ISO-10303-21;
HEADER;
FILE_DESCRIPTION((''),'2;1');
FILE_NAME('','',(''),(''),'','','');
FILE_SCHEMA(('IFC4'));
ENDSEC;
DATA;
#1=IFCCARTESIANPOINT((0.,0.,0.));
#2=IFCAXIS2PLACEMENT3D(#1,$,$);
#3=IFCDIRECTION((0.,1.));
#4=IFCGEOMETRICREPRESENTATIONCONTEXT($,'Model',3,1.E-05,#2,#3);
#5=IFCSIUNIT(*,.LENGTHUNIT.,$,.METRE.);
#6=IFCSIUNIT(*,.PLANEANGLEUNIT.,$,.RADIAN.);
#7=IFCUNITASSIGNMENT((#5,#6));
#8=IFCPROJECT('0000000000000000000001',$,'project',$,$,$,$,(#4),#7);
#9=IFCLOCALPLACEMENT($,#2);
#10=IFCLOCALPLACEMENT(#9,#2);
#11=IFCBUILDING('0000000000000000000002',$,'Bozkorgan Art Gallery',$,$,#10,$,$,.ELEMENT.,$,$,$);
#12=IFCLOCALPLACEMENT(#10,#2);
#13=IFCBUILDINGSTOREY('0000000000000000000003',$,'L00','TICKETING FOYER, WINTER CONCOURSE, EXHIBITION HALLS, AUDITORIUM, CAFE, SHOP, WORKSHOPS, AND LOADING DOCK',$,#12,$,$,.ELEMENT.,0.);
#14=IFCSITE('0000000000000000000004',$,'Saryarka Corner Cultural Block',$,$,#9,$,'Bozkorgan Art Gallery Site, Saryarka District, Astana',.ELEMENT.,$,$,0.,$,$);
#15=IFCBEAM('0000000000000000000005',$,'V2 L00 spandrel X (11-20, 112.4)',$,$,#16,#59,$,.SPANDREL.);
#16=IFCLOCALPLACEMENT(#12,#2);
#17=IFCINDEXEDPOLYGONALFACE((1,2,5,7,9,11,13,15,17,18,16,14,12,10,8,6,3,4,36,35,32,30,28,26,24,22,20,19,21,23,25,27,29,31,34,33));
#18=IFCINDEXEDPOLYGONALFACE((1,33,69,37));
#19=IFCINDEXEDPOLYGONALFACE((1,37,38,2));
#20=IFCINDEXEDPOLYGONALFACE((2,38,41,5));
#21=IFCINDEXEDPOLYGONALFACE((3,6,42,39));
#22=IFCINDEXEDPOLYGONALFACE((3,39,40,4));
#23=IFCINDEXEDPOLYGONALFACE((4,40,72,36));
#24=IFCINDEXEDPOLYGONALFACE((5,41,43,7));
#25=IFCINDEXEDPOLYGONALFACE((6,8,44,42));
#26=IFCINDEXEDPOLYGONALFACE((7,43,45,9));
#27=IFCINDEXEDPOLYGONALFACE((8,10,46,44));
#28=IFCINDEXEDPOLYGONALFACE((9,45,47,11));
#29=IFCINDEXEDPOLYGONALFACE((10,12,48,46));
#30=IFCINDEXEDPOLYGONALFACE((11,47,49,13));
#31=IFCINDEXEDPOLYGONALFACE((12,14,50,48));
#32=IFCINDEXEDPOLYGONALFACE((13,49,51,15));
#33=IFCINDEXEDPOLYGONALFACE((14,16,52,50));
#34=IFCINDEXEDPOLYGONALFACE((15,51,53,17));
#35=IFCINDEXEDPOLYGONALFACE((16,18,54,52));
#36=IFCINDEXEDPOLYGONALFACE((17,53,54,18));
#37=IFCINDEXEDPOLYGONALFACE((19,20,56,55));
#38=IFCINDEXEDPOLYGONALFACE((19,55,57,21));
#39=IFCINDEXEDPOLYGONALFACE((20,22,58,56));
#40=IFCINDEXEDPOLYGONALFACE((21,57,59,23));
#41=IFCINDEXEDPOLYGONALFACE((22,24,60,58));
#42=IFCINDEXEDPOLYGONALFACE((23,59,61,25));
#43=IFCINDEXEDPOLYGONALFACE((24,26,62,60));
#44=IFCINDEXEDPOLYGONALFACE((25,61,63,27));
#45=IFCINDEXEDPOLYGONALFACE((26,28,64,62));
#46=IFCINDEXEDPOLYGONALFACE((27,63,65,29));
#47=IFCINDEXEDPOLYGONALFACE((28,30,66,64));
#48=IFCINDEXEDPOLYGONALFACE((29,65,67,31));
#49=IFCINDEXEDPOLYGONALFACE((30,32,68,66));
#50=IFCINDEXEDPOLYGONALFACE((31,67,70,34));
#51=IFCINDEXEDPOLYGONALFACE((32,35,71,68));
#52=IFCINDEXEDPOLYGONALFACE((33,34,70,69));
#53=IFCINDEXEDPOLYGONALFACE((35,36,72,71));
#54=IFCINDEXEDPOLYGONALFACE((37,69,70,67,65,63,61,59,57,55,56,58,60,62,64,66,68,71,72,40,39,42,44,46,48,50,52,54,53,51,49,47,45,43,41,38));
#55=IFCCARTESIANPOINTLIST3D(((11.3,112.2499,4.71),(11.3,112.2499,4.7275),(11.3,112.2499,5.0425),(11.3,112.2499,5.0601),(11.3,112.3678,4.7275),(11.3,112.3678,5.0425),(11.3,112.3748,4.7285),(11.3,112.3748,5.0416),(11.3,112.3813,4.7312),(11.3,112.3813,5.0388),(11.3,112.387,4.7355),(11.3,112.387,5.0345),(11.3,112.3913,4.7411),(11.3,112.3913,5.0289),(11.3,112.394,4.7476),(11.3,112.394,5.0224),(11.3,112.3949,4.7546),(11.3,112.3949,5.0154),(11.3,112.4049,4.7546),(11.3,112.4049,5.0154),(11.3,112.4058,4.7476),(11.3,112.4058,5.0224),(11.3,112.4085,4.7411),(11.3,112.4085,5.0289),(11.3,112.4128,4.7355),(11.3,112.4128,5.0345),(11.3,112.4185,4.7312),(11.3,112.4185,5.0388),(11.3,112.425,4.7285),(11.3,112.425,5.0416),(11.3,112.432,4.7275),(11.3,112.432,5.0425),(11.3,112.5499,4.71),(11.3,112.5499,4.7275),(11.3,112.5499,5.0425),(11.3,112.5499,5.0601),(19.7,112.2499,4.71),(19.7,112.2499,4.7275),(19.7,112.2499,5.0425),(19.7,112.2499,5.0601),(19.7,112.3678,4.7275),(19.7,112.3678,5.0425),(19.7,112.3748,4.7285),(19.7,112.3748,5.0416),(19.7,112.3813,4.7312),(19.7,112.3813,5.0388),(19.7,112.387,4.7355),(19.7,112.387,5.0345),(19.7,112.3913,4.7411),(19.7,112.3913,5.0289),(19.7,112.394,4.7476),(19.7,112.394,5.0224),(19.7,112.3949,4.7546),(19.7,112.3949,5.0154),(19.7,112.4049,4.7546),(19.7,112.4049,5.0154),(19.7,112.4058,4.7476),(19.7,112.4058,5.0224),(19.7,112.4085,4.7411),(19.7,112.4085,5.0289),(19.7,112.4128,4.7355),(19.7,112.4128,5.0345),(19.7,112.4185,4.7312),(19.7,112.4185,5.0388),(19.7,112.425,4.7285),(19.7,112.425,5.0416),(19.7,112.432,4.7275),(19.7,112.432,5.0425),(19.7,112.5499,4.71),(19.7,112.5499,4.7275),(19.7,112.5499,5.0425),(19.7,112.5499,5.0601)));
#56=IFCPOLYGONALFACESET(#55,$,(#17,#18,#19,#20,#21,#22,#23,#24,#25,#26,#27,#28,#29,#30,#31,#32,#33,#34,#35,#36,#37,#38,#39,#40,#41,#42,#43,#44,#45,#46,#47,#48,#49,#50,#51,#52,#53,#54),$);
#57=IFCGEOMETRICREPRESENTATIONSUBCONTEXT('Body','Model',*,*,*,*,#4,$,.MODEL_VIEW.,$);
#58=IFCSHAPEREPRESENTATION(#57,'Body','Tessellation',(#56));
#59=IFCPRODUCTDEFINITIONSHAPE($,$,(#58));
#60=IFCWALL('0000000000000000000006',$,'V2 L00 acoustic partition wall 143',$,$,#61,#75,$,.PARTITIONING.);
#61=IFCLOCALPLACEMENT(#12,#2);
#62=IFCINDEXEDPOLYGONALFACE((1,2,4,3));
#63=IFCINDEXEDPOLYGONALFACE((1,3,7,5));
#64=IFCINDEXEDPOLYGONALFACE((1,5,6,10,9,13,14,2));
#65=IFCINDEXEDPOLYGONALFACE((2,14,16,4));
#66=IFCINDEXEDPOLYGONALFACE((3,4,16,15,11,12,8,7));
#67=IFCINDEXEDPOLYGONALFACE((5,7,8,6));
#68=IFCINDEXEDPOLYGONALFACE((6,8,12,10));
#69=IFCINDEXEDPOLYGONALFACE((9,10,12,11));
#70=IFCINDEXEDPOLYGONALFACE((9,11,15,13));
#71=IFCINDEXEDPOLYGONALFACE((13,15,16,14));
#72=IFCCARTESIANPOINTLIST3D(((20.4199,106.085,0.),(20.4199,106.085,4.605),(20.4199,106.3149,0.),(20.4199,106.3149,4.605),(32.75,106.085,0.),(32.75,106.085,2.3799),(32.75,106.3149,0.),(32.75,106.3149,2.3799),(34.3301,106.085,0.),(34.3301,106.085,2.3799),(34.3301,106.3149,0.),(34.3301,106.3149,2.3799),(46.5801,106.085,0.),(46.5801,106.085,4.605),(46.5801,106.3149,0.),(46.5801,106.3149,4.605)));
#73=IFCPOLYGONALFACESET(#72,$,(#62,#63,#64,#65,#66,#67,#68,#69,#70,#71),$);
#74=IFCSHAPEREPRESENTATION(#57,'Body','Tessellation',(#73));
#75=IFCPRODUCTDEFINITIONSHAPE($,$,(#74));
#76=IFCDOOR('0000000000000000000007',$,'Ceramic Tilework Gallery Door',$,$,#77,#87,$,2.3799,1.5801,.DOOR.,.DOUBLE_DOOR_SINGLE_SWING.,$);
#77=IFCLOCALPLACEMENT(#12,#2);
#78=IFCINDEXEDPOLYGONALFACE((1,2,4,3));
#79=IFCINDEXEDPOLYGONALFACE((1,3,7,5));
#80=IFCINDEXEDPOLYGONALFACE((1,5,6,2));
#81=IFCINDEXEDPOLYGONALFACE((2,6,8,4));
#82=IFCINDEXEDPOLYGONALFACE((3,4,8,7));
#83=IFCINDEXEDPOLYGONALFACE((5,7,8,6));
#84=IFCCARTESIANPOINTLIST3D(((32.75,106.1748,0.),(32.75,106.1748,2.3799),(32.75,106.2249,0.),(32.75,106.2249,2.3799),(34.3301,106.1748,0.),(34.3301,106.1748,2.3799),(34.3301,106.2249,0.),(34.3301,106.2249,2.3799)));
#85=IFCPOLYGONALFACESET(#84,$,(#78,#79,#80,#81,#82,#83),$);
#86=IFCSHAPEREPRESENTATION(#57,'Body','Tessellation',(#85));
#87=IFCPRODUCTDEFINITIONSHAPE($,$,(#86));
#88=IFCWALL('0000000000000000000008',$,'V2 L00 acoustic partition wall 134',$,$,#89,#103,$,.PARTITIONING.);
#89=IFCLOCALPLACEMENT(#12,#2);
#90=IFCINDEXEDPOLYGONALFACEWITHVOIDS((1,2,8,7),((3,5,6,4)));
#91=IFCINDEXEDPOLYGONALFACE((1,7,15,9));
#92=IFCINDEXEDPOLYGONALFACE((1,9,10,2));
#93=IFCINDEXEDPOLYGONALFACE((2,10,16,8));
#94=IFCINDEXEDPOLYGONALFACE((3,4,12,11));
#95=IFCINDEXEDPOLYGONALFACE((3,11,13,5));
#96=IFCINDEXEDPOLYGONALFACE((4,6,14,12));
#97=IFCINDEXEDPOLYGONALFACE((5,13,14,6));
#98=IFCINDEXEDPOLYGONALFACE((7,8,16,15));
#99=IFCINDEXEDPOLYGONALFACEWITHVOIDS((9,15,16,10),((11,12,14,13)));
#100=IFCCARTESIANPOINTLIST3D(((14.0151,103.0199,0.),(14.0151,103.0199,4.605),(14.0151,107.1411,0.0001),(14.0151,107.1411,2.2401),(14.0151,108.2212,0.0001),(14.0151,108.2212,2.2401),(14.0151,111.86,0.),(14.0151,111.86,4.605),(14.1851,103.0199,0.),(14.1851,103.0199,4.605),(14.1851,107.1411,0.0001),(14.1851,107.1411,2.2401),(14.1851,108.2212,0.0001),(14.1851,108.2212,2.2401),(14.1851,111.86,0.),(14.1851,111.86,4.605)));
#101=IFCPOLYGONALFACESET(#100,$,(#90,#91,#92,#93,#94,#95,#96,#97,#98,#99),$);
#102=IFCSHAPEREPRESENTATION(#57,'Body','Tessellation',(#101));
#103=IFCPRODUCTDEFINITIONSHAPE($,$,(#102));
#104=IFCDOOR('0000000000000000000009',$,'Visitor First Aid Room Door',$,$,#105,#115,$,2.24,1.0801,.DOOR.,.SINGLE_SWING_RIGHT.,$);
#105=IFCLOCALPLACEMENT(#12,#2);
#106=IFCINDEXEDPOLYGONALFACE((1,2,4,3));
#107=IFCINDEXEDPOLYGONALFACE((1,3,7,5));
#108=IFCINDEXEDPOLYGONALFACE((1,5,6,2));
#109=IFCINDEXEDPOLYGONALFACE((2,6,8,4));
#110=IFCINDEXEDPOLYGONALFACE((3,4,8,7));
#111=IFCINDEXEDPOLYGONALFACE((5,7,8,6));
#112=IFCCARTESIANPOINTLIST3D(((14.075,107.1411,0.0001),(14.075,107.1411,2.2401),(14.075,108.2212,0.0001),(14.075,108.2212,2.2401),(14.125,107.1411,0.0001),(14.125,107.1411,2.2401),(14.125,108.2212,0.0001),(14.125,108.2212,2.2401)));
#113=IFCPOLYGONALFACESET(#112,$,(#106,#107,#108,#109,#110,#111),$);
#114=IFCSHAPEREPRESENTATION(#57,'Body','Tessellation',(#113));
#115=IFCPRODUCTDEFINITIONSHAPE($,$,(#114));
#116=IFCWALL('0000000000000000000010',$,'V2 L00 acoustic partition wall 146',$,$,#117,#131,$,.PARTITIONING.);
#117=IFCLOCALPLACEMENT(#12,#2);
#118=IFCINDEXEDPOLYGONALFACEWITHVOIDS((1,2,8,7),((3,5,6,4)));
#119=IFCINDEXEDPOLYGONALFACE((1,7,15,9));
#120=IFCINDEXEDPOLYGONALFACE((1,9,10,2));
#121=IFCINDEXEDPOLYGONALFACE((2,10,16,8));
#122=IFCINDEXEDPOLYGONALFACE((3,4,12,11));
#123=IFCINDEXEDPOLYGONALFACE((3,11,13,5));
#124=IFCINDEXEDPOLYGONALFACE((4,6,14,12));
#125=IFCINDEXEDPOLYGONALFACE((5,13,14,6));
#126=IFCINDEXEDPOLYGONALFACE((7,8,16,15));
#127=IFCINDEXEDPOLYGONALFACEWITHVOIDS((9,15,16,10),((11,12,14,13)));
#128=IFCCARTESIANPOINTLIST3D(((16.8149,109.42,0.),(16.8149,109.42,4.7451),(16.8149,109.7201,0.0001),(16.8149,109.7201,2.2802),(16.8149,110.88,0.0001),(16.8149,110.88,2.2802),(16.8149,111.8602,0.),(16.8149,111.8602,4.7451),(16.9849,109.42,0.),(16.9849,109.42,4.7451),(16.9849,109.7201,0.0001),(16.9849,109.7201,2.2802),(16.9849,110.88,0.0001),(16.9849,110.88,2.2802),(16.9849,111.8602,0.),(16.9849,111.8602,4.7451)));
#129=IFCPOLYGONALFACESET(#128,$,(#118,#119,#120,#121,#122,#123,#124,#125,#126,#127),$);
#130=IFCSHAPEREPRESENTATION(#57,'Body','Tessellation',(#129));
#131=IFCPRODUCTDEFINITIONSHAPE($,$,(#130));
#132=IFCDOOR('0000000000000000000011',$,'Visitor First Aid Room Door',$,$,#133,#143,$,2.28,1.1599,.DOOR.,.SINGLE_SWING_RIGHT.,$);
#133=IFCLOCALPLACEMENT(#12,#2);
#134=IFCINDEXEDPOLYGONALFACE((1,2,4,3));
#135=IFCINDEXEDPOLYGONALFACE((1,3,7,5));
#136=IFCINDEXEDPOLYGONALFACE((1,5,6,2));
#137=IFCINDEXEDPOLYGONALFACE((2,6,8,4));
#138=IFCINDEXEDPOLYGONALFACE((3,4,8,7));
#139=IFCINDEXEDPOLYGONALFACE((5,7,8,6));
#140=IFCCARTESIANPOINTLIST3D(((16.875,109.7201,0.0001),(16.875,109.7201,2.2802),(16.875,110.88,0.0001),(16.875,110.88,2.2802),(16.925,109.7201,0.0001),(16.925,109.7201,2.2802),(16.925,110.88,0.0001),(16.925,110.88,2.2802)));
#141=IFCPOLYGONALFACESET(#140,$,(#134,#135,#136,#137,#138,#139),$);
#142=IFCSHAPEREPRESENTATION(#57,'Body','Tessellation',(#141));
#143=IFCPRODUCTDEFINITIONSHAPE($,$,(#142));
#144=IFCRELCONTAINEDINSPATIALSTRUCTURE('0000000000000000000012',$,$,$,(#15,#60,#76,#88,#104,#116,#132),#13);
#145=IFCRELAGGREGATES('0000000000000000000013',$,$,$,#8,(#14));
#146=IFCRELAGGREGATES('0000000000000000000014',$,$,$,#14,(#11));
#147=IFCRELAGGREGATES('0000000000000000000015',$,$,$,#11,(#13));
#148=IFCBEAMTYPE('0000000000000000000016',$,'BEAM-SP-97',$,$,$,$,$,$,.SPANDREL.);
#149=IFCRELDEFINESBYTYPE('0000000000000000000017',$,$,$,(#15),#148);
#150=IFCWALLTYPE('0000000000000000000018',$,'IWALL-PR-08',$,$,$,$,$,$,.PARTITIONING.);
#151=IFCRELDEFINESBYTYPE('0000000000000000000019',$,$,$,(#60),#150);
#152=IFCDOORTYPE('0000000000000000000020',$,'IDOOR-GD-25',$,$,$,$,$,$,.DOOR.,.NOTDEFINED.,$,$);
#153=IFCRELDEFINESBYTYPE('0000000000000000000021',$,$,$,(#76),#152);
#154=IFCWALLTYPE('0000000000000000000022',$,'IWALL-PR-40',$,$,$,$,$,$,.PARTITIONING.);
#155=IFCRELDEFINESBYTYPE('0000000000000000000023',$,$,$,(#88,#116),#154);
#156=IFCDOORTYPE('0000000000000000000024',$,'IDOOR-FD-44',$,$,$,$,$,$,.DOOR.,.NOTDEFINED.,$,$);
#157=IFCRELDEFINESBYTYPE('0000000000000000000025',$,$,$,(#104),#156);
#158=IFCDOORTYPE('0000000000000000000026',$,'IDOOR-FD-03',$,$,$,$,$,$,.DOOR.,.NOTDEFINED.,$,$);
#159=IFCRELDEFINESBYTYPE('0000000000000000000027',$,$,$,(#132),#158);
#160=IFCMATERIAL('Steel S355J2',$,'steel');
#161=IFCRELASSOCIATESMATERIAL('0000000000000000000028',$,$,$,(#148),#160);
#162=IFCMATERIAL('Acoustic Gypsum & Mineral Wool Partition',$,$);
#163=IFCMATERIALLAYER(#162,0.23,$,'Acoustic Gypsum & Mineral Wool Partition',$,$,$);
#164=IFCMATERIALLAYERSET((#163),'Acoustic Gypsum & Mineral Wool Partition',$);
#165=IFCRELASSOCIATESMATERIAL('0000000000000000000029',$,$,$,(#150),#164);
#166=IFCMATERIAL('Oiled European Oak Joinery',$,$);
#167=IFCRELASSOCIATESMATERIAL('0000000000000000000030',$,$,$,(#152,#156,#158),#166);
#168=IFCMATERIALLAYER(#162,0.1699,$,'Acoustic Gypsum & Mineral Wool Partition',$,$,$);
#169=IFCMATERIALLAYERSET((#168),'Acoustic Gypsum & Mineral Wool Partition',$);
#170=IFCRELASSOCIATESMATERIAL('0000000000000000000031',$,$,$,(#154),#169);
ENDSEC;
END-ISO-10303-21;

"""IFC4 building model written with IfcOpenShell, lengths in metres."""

from ifc_helpers import new_model, si_unit, direction, frame, frame_2d, origin, origin_2d, place, context, subcontext, project, spatial, rectangle, i_section, extrude, material, layer, layer_set, material_profile, profile_set, type_object, element, fill, save


model = new_model("IFC4")

# Units and contexts
model_context = context("Model", 3, precision=1e-05, world=origin(), true_north=direction((0.0, 1.0)))
body_context = subcontext(model_context, "Body", "Model", "MODEL_VIEW")
ifc_project = project(units=[si_unit("LENGTHUNIT", "METRE"), si_unit("PLANEANGLEUNIT", "RADIAN")], contexts=[model_context])

# Site, building, storey
site_placement = place(None, origin())
site = spatial("IfcSite", under=ifc_project, at=site_placement, Name="Saryarka Corner Cultural Block", LongName="Bozkorgan Art Gallery Site, Saryarka District, Astana", CompositionType="ELEMENT", RefElevation=0.0)
building_placement = place(site_placement, origin())
building = spatial("IfcBuilding", under=site, at=building_placement, Name="Bozkorgan Art Gallery", CompositionType="ELEMENT")
storey_placement = place(building_placement, origin())
storey = spatial("IfcBuildingStorey", under=building, at=storey_placement, Name="L00", Description="TICKETING FOYER, WINTER CONCOURSE, EXHIBITION HALLS, AUDITORIUM, CAFE, SHOP, WORKSHOPS, AND LOADING DOCK", CompositionType="ELEMENT", Elevation=0.0)

# Beam
ifc_material_1 = material(Name="Steel S355J2", Category="steel")
ifc_material_profile_1 = material_profile(ifc_material_1, i_section(OverallWidth=0.3, OverallDepth=0.3501, WebThickness=0.01, FlangeThickness=0.0176, FilletRadius=0.0271, at=origin_2d()), Name="HEA 360")
ifc_profile_set_1 = profile_set([ifc_material_profile_1], Name="Steel S355J2")
beam_type_1 = type_object("IfcBeamType", Name="BEAM-SP-97", PredefinedType="SPANDREL", material=ifc_profile_set_1)
beam_1_placement = place(storey_placement, frame((11.3, 112.3999, 4.885), z_axis=(1.0, 0.0, 0.0), x_axis=(0.0, 1.0, 0.0)))
element("IfcBeam", 1, at=beam_1_placement, inside=storey, type_object=beam_type_1, Name="V2 L00 spandrel X (11-20, 112.4)", PredefinedType="SPANDREL", context=body_context, shape_type="SweptSolid", body=[
    extrude(i_section(OverallWidth=0.3, OverallDepth=0.3501, WebThickness=0.01, FlangeThickness=0.0176, FilletRadius=0.0271, at=origin_2d()), origin(), (0.0, 0.0, 1.0), 8.3999),
])

# Walls, openings, doors
ifc_material_2 = material(Name="Acoustic Gypsum & Mineral Wool Partition")
ifc_layer_1 = layer(ifc_material_2, 0.23, Name="Acoustic Gypsum & Mineral Wool Partition")
ifc_layer_set_1 = layer_set([ifc_layer_1], Name="Acoustic Gypsum & Mineral Wool Partition")
wall_type_1 = type_object("IfcWallType", Name="IWALL-PR-08", PredefinedType="PARTITIONING", material=ifc_layer_set_1)
wall_1_placement = place(storey_placement, frame((20.4199, 106.2, 0.0), z_axis=(0.0, 0.0, 1.0), x_axis=(1.0, 0.0, 0.0)))
wall_1 = element("IfcWall", 2, at=wall_1_placement, inside=storey, type_object=wall_type_1, Name="V2 L00 acoustic partition wall 143", PredefinedType="PARTITIONING", context=body_context, shape_type="SweptSolid", body=[
    extrude(rectangle(XDim=26.1602, YDim=0.23, at=frame_2d((13.0801, 0.0))), origin(), (0.0, 0.0, 1.0), 4.605),
])
opening_1_placement = place(wall_1_placement, frame((12.3301, 0.0, 0.0)))
opening_1 = element("IfcOpeningElement", 3, at=opening_1_placement, cuts=wall_1, PredefinedType="OPENING", context=body_context, shape_type="SweptSolid", body=[
    extrude(rectangle(XDim=1.5801, YDim=2.3799, at=frame_2d((0.79, 1.1899))), frame((0.0, 0.125, 0.0), z_axis=(0.0, -1.0, 0.0), x_axis=(1.0, 0.0, 0.0)), (0.0, 0.0, 1.0), 0.25),
])
ifc_material_3 = material(Name="Oiled European Oak Joinery")
door_type_1 = type_object("IfcDoorType", Name="IDOOR-GD-25", OperationType="NOTDEFINED", PredefinedType="DOOR", material=ifc_material_3)
door_1_placement = place(opening_1_placement, origin())
door_1 = element("IfcDoor", 4, at=door_1_placement, inside=storey, type_object=door_type_1, Name="Ceramic Tilework Gallery Door", OperationType="DOUBLE_DOOR_SINGLE_SWING", OverallHeight=2.3799, OverallWidth=1.5801, PredefinedType="DOOR", context=body_context, shape_type="SweptSolid", body=[
    extrude(rectangle(XDim=1.5801, YDim=2.3799, at=frame_2d((0.79, 1.1899))), frame((0.0, 0.0249, 0.0), z_axis=(0.0, -1.0, 0.0), x_axis=(1.0, 0.0, 0.0)), (0.0, 0.0, 1.0), 0.05),
])
fill(opening_1, door_1)
ifc_layer_2 = layer(ifc_material_2, 0.1699, Name="Acoustic Gypsum & Mineral Wool Partition")
ifc_layer_set_2 = layer_set([ifc_layer_2], Name="Acoustic Gypsum & Mineral Wool Partition")
wall_type_2 = type_object("IfcWallType", Name="IWALL-PR-40", PredefinedType="PARTITIONING", material=ifc_layer_set_2)
wall_2_placement = place(storey_placement, frame((14.1001, 103.02, 0.0), z_axis=(0.0, 0.0, 1.0), x_axis=(0.0, 1.0, 0.0)))
wall_2 = element("IfcWall", 5, at=wall_2_placement, inside=storey, type_object=wall_type_2, Name="V2 L00 acoustic partition wall 134", PredefinedType="PARTITIONING", context=body_context, shape_type="SweptSolid", body=[
    extrude(rectangle(XDim=8.8401, YDim=0.1699, at=frame_2d((4.4199, 0.0))), origin(), (0.0, 0.0, 1.0), 4.605),
])
opening_2_placement = place(wall_2_placement, frame((5.2012, 0.0, 0.0), z_axis=(0.0, 0.0, 1.0), x_axis=(-1.0, 0.0, 0.0)))
opening_2 = element("IfcOpeningElement", 6, at=opening_2_placement, cuts=wall_2, PredefinedType="OPENING", context=body_context, shape_type="SweptSolid", body=[
    extrude(rectangle(XDim=1.0801, YDim=2.24, at=frame_2d((0.54, 1.1201))), frame((0.0, 0.095, 0.0), z_axis=(0.0, -1.0, 0.0), x_axis=(1.0, 0.0, 0.0)), (0.0, 0.0, 1.0), 0.1899),
])
door_type_2 = type_object("IfcDoorType", Name="IDOOR-FD-44", OperationType="NOTDEFINED", PredefinedType="DOOR", material=ifc_material_3)
door_2_placement = place(opening_2_placement, origin())
door_2 = element("IfcDoor", 7, at=door_2_placement, inside=storey, type_object=door_type_2, Name="Visitor First Aid Room Door", OperationType="SINGLE_SWING_RIGHT", OverallHeight=2.24, OverallWidth=1.0801, PredefinedType="DOOR", context=body_context, shape_type="SweptSolid", body=[
    extrude(rectangle(XDim=1.0801, YDim=2.24, at=frame_2d((0.54, 1.1201))), frame((0.0, 0.0249, 0.0), z_axis=(0.0, -1.0, 0.0), x_axis=(1.0, 0.0, 0.0)), (0.0, 0.0, 1.0), 0.05),
])
fill(opening_2, door_2)
wall_3_placement = place(storey_placement, frame((16.8999, 109.4199, 0.0), z_axis=(0.0, 0.0, 1.0), x_axis=(0.0, 1.0, 0.0)))
wall_3 = element("IfcWall", 8, at=wall_3_placement, inside=storey, type_object=wall_type_2, Name="V2 L00 acoustic partition wall 146", PredefinedType="PARTITIONING", context=body_context, shape_type="SweptSolid", body=[
    extrude(rectangle(XDim=2.4402, YDim=0.1699, at=frame_2d((1.2202, 0.0))), origin(), (0.0, 0.0, 1.0), 4.7451),
])
opening_3_placement = place(wall_3_placement, frame((0.3, 0.0, 0.0)))
opening_3 = element("IfcOpeningElement", 9, at=opening_3_placement, cuts=wall_3, PredefinedType="OPENING", context=body_context, shape_type="SweptSolid", body=[
    extrude(rectangle(XDim=1.1599, YDim=2.28, at=frame_2d((0.5801, 1.1401))), frame((0.0, 0.095, 0.0), z_axis=(0.0, -1.0, 0.0), x_axis=(1.0, 0.0, 0.0)), (0.0, 0.0, 1.0), 0.1899),
])
door_type_3 = type_object("IfcDoorType", Name="IDOOR-FD-03", OperationType="NOTDEFINED", PredefinedType="DOOR", material=ifc_material_3)
door_3_placement = place(opening_3_placement, origin())
door_3 = element("IfcDoor", 10, at=door_3_placement, inside=storey, type_object=door_type_3, Name="Visitor First Aid Room Door", OperationType="SINGLE_SWING_RIGHT", OverallHeight=2.28, OverallWidth=1.1599, PredefinedType="DOOR", context=body_context, shape_type="SweptSolid", body=[
    extrude(rectangle(XDim=1.1599, YDim=2.28, at=frame_2d((0.5801, 1.1401))), frame((0.0, 0.0249, 0.0), z_axis=(0.0, -1.0, 0.0), x_axis=(1.0, 0.0, 0.0)), (0.0, 0.0, 1.0), 0.05),
])
fill(opening_3, door_3)

save(model, "model.ifc")
